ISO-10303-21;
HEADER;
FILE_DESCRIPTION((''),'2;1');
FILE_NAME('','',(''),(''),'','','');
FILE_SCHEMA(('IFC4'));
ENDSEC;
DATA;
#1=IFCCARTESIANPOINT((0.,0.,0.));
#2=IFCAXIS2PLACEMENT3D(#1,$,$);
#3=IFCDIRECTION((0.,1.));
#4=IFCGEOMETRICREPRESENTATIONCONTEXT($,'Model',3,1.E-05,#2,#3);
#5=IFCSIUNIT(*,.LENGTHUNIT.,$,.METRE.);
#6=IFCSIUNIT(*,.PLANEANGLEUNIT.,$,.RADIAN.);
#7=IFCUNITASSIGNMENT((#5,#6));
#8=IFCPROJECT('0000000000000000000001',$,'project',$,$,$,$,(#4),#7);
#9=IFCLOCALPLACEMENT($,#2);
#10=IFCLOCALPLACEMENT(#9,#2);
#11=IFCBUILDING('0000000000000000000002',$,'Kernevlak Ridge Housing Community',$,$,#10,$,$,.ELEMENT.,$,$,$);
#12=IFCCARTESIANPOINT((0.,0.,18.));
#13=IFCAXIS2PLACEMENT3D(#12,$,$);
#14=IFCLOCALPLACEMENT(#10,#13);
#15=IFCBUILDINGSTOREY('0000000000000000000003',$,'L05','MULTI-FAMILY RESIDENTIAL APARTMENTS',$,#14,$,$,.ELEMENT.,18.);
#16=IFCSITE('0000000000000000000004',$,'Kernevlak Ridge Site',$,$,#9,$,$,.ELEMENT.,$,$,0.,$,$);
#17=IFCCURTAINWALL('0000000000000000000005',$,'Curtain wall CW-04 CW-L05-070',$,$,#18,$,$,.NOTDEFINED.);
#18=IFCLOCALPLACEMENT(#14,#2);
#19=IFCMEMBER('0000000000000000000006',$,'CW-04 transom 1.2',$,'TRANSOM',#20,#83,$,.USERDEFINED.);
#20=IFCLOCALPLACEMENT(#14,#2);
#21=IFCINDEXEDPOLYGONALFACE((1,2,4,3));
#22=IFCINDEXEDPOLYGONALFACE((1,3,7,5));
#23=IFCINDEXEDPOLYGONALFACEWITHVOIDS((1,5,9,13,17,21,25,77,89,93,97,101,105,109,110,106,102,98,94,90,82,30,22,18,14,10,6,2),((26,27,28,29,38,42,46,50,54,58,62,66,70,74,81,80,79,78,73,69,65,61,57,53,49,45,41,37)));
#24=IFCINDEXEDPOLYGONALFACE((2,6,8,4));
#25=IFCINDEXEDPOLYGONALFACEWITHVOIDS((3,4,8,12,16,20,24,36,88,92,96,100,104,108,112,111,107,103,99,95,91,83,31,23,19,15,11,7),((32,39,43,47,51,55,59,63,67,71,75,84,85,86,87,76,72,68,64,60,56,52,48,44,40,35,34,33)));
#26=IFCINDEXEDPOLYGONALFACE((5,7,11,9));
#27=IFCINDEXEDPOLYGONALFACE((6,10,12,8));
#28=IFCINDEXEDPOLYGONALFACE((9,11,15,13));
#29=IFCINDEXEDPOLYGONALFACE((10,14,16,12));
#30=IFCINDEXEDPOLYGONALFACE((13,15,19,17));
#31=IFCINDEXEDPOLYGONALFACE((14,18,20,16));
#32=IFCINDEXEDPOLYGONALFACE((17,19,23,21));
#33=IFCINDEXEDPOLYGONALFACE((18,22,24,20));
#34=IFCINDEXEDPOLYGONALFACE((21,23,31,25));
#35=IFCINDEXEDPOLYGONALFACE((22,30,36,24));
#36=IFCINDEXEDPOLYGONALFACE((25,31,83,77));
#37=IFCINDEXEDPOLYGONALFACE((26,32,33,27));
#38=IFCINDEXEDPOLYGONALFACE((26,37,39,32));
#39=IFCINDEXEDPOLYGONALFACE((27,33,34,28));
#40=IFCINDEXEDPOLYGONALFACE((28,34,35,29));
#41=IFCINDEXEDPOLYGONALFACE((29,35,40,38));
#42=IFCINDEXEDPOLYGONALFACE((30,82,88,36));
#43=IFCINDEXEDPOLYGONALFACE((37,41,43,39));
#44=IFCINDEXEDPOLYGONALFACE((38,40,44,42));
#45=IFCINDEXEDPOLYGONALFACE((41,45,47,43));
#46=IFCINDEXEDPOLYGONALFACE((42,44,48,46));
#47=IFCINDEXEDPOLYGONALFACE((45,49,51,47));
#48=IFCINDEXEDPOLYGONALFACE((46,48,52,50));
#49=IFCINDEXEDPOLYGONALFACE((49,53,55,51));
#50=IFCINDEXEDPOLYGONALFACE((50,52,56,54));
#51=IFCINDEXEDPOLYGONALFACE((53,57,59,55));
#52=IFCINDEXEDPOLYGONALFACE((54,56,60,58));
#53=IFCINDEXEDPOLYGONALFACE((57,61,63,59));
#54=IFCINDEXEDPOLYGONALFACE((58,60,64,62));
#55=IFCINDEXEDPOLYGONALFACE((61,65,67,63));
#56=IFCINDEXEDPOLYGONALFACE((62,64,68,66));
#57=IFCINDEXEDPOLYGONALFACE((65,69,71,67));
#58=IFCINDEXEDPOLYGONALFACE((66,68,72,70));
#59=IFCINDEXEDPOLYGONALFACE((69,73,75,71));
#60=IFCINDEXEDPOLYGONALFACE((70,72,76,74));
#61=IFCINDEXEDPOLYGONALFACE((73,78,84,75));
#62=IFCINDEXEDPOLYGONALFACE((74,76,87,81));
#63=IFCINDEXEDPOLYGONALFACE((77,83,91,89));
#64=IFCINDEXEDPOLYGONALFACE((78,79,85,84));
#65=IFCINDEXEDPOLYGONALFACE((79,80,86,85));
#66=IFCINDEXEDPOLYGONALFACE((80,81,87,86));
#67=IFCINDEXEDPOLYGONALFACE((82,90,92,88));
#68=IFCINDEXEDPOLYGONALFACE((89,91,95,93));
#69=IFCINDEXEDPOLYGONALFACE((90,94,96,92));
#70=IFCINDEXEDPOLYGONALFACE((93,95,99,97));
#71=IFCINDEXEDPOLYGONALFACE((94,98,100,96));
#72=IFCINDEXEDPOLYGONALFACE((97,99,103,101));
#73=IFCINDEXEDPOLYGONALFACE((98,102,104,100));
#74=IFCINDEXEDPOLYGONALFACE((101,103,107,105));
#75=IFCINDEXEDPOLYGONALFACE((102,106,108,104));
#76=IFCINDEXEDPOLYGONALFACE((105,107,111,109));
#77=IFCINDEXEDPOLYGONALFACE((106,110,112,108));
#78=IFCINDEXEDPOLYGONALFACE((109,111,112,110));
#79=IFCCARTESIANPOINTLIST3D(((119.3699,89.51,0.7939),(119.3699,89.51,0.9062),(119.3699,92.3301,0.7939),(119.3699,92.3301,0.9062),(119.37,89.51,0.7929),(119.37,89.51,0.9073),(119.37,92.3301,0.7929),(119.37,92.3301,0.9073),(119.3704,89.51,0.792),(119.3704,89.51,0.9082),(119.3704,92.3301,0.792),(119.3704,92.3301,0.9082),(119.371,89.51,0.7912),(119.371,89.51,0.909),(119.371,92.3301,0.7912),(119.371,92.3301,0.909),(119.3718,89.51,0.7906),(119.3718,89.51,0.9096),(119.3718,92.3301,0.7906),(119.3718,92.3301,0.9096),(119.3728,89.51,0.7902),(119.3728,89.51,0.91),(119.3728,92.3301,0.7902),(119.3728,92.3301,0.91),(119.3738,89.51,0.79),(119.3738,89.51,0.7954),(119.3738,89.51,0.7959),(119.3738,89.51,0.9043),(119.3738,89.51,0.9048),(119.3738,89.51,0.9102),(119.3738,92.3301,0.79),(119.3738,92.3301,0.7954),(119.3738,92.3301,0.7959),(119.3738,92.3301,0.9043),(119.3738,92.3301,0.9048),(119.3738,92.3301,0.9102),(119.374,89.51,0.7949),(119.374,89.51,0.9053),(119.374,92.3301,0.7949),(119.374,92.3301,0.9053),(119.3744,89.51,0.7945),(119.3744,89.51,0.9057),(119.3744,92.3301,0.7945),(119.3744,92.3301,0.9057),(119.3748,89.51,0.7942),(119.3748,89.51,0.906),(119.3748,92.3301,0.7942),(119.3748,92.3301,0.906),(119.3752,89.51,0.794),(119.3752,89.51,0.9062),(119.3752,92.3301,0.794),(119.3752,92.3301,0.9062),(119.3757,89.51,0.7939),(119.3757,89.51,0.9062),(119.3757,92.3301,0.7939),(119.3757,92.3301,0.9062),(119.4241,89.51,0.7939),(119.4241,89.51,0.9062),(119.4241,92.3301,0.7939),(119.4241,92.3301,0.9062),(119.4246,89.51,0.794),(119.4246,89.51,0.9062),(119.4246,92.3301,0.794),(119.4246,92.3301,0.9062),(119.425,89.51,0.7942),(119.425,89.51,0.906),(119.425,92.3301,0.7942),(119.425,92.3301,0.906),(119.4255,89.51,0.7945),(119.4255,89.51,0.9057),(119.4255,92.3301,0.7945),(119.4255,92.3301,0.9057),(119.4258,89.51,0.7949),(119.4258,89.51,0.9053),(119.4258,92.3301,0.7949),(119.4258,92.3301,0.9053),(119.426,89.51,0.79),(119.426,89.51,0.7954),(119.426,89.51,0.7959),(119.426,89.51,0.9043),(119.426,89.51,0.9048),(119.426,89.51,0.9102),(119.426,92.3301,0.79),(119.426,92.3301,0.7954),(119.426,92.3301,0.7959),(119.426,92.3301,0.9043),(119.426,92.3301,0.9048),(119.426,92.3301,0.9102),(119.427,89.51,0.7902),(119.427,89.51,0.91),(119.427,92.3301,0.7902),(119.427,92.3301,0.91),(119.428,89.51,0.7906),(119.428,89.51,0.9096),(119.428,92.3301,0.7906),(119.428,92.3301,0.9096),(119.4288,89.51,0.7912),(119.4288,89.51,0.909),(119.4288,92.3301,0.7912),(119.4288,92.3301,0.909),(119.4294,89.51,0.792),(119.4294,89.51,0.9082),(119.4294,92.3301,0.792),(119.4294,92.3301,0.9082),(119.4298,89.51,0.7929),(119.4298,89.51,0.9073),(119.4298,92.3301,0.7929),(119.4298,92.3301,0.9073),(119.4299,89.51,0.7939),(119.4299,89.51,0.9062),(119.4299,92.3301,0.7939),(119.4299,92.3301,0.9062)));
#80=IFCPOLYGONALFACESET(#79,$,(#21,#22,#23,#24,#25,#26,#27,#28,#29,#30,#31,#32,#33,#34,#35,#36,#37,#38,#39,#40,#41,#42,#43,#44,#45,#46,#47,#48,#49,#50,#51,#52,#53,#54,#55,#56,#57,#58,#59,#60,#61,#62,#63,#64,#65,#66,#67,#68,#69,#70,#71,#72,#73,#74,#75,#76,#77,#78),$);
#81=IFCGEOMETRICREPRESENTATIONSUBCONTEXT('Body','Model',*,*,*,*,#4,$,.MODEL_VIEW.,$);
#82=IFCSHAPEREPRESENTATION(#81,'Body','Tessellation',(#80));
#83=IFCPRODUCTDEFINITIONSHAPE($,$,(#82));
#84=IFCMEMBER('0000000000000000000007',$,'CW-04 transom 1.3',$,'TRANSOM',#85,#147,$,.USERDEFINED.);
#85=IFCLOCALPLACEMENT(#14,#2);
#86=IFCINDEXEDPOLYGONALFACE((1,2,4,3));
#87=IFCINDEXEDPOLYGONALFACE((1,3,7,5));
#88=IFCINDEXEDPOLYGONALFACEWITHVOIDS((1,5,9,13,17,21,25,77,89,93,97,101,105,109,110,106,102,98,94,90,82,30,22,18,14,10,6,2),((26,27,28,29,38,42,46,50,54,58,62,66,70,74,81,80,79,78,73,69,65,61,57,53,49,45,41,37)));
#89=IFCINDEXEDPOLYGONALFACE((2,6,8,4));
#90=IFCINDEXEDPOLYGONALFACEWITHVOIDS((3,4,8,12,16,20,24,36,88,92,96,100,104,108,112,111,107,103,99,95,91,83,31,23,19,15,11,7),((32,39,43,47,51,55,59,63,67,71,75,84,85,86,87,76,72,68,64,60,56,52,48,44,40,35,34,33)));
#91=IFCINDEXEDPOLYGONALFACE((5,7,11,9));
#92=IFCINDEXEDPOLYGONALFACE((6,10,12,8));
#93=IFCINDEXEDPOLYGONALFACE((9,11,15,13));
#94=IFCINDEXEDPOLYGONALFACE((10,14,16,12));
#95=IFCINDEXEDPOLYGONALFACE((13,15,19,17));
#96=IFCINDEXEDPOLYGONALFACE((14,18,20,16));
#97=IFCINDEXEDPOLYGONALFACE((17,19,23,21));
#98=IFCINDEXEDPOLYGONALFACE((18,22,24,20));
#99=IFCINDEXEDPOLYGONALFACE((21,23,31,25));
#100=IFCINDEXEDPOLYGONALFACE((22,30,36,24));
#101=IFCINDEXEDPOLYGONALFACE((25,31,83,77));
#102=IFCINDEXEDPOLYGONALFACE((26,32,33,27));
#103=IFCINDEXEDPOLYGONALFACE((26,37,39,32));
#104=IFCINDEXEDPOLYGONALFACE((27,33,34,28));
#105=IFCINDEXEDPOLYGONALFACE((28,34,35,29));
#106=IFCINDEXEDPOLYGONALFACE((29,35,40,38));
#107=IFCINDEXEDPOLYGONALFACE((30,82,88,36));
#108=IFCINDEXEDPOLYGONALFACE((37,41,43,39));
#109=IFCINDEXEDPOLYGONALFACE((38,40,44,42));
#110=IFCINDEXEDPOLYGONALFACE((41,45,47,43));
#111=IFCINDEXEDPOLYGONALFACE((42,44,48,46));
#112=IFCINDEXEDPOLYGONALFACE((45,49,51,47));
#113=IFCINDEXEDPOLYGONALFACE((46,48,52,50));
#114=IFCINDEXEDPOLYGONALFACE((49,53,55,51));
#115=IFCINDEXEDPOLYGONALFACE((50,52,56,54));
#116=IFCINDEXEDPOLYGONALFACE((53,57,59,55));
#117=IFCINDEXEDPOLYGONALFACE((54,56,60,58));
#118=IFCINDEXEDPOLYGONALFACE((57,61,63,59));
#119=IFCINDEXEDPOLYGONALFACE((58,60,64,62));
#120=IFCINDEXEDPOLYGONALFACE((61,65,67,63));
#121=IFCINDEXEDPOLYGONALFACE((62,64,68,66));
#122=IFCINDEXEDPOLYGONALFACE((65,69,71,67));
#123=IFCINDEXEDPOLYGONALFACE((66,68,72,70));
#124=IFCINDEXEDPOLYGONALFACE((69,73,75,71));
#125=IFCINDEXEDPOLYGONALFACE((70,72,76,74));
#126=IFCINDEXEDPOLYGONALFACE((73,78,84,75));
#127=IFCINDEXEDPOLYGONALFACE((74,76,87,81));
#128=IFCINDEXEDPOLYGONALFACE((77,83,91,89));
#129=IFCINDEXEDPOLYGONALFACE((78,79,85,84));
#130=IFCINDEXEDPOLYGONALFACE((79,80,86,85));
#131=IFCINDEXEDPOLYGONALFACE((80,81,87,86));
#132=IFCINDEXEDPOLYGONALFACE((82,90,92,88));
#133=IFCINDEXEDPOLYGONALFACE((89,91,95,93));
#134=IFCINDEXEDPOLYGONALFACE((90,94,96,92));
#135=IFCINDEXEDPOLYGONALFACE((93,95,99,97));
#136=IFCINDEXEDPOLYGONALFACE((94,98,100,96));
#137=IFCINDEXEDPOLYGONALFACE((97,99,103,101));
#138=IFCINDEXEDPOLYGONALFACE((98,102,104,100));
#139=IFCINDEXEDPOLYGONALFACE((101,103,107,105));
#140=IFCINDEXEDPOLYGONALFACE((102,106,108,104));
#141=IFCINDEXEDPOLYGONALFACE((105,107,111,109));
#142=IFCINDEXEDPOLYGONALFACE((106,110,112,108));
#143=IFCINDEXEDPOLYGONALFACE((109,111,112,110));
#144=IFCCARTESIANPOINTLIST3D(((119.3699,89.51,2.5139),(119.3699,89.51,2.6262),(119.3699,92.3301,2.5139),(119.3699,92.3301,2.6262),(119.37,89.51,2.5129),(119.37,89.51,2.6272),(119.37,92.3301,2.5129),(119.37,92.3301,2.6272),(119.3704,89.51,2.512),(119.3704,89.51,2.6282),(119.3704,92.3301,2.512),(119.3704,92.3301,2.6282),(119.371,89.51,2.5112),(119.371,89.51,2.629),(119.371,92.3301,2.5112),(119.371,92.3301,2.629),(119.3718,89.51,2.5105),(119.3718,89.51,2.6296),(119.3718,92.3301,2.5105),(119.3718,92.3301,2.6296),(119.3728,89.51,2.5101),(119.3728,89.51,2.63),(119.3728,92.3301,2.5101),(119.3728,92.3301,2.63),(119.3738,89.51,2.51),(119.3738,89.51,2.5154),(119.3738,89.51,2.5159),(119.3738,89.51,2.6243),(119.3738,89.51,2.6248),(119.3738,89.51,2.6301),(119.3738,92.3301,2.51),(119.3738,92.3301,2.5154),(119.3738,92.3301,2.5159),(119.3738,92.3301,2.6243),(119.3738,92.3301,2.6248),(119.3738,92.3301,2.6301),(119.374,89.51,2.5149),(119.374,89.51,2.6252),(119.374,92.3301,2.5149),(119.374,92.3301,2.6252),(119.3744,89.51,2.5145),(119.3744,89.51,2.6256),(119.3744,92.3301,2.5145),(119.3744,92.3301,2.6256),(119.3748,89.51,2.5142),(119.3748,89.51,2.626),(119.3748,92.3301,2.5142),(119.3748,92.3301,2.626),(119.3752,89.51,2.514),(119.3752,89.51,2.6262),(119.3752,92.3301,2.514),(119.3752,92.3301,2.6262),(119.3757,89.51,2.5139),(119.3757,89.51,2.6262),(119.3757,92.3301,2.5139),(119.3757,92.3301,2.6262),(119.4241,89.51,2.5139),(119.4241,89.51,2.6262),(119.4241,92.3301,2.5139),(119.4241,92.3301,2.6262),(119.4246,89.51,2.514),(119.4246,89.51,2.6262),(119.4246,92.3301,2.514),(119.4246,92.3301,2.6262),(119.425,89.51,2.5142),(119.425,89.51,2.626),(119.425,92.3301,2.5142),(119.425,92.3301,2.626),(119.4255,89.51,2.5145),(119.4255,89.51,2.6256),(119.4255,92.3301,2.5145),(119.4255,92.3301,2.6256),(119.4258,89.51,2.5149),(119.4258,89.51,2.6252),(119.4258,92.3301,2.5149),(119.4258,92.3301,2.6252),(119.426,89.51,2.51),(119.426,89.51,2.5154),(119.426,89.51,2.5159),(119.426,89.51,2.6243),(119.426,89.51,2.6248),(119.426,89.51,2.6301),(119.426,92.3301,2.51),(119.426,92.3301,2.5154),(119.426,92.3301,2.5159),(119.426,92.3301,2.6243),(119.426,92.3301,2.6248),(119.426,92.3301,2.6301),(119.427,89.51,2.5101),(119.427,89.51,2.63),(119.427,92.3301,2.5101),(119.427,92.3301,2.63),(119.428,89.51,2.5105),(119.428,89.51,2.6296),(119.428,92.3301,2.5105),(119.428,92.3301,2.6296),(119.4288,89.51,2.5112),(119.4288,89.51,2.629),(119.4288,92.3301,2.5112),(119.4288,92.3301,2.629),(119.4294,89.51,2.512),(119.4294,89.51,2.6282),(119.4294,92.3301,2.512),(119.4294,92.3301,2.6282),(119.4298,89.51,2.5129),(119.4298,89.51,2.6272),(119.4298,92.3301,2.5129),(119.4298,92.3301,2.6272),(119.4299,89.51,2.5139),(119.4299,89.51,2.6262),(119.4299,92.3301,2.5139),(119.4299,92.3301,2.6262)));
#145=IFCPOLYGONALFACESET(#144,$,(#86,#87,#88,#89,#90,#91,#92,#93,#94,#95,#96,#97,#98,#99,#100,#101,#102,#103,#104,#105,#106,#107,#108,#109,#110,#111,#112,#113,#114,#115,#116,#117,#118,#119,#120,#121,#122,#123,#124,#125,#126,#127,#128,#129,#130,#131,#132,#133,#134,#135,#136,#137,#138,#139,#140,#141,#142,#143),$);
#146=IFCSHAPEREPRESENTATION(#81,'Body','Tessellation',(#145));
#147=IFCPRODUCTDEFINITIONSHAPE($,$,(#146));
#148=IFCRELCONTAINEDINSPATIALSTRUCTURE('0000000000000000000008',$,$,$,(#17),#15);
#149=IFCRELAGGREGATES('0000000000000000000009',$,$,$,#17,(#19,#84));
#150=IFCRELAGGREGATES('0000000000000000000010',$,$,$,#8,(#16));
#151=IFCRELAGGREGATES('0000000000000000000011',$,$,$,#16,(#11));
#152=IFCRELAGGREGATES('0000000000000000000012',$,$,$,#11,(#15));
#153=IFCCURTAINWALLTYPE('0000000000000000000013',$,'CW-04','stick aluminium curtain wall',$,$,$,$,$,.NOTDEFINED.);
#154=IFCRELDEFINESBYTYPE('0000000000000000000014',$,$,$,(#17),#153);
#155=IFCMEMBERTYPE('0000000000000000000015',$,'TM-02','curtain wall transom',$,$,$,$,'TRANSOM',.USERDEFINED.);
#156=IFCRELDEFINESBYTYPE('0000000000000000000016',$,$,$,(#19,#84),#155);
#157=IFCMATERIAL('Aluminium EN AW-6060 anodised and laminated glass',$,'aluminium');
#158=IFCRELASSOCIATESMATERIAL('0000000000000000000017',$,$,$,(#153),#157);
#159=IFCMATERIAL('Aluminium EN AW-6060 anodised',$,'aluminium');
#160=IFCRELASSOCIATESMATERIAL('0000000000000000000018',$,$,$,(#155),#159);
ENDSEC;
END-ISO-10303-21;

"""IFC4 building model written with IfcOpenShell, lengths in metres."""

from ifc_helpers import new_model, si_unit, direction, frame, origin, origin_2d, place, context, subcontext, project, spatial, hollow_rectangle, extrude, material, material_profile, profile_set, type_object, element, aggregate, save


model = new_model("IFC4")

# Units and contexts
model_context = context("Model", 3, precision=1e-05, world=origin(), true_north=direction((0.0, 1.0)))
body_context = subcontext(model_context, "Body", "Model", "MODEL_VIEW")
ifc_project = project(units=[si_unit("LENGTHUNIT", "METRE"), si_unit("PLANEANGLEUNIT", "RADIAN")], contexts=[model_context])

# Site, building, storey
site_placement = place(None, origin())
site = spatial("IfcSite", under=ifc_project, at=site_placement, Name="Kernevlak Ridge Site", CompositionType="ELEMENT", RefElevation=0.0)
building_placement = place(site_placement, origin())
building = spatial("IfcBuilding", under=site, at=building_placement, Name="Kernevlak Ridge Housing Community", CompositionType="ELEMENT")
storey_placement = place(building_placement, frame((0.0, 0.0, 18.0)))
storey = spatial("IfcBuildingStorey", under=building, at=storey_placement, Name="L05", Description="MULTI-FAMILY RESIDENTIAL APARTMENTS", CompositionType="ELEMENT", Elevation=18.0)

# Shared definitions
ifc_material_1 = material(Name="Aluminium EN AW-6060 anodised and laminated glass", Category="aluminium")
ifc_material_2 = material(Name="Aluminium EN AW-6060 anodised", Category="aluminium")

# Curtain wall
curtain_wall_type_1 = type_object("IfcCurtainWallType", Name="CW-04", Description="stick aluminium curtain wall", PredefinedType="NOTDEFINED", material=ifc_material_1)
curtain_wall_1_placement = place(storey_placement, origin())
curtain_wall_1 = element("IfcCurtainWall", 1, at=curtain_wall_1_placement, inside=storey, type_object=curtain_wall_type_1, Name="Curtain wall CW-04 CW-L05-070", PredefinedType="NOTDEFINED")

# Members
ifc_material_profile_1 = material_profile(ifc_material_2, hollow_rectangle(XDim=0.0601, YDim=0.1201, WallThickness=0.0039, InnerFilletRadius=0.002, OuterFilletRadius=0.0039, at=origin_2d()), Name="ALU 60x120x4")
ifc_profile_set_1 = profile_set([ifc_material_profile_1], Name="Aluminium EN AW-6060 anodised")
member_type_1 = type_object("IfcMemberType", Name="TM-02", Description="curtain wall transom", ElementType="TRANSOM", PredefinedType="USERDEFINED", material=ifc_profile_set_1)
member_1_placement = place(storey_placement, frame((119.3999, 89.51, 0.8501), z_axis=(0.0, 1.0, 0.0), x_axis=(-1.0, 0.0, 0.0)))
member_1 = element("IfcMember", 2, at=member_1_placement, type_object=member_type_1, Name="CW-04 transom 1.2", ObjectType="TRANSOM", PredefinedType="USERDEFINED", context=body_context, shape_type="SweptSolid", body=[
    extrude(hollow_rectangle(XDim=0.0601, YDim=0.1201, WallThickness=0.0039, InnerFilletRadius=0.002, OuterFilletRadius=0.0039, at=origin_2d()), origin(), (0.0, 0.0, 1.0), 2.8201),
])
member_2_placement = place(storey_placement, frame((119.3999, 89.51, 2.5701), z_axis=(0.0, 1.0, 0.0), x_axis=(-1.0, 0.0, 0.0)))
member_2 = element("IfcMember", 3, at=member_2_placement, type_object=member_type_1, Name="CW-04 transom 1.3", ObjectType="TRANSOM", PredefinedType="USERDEFINED", context=body_context, shape_type="SweptSolid", body=[
    extrude(hollow_rectangle(XDim=0.0601, YDim=0.1201, WallThickness=0.0039, InnerFilletRadius=0.002, OuterFilletRadius=0.0039, at=origin_2d()), origin(), (0.0, 0.0, 1.0), 2.8201),
])

aggregate(curtain_wall_1, [member_1, member_2])

save(model, "model.ifc")
